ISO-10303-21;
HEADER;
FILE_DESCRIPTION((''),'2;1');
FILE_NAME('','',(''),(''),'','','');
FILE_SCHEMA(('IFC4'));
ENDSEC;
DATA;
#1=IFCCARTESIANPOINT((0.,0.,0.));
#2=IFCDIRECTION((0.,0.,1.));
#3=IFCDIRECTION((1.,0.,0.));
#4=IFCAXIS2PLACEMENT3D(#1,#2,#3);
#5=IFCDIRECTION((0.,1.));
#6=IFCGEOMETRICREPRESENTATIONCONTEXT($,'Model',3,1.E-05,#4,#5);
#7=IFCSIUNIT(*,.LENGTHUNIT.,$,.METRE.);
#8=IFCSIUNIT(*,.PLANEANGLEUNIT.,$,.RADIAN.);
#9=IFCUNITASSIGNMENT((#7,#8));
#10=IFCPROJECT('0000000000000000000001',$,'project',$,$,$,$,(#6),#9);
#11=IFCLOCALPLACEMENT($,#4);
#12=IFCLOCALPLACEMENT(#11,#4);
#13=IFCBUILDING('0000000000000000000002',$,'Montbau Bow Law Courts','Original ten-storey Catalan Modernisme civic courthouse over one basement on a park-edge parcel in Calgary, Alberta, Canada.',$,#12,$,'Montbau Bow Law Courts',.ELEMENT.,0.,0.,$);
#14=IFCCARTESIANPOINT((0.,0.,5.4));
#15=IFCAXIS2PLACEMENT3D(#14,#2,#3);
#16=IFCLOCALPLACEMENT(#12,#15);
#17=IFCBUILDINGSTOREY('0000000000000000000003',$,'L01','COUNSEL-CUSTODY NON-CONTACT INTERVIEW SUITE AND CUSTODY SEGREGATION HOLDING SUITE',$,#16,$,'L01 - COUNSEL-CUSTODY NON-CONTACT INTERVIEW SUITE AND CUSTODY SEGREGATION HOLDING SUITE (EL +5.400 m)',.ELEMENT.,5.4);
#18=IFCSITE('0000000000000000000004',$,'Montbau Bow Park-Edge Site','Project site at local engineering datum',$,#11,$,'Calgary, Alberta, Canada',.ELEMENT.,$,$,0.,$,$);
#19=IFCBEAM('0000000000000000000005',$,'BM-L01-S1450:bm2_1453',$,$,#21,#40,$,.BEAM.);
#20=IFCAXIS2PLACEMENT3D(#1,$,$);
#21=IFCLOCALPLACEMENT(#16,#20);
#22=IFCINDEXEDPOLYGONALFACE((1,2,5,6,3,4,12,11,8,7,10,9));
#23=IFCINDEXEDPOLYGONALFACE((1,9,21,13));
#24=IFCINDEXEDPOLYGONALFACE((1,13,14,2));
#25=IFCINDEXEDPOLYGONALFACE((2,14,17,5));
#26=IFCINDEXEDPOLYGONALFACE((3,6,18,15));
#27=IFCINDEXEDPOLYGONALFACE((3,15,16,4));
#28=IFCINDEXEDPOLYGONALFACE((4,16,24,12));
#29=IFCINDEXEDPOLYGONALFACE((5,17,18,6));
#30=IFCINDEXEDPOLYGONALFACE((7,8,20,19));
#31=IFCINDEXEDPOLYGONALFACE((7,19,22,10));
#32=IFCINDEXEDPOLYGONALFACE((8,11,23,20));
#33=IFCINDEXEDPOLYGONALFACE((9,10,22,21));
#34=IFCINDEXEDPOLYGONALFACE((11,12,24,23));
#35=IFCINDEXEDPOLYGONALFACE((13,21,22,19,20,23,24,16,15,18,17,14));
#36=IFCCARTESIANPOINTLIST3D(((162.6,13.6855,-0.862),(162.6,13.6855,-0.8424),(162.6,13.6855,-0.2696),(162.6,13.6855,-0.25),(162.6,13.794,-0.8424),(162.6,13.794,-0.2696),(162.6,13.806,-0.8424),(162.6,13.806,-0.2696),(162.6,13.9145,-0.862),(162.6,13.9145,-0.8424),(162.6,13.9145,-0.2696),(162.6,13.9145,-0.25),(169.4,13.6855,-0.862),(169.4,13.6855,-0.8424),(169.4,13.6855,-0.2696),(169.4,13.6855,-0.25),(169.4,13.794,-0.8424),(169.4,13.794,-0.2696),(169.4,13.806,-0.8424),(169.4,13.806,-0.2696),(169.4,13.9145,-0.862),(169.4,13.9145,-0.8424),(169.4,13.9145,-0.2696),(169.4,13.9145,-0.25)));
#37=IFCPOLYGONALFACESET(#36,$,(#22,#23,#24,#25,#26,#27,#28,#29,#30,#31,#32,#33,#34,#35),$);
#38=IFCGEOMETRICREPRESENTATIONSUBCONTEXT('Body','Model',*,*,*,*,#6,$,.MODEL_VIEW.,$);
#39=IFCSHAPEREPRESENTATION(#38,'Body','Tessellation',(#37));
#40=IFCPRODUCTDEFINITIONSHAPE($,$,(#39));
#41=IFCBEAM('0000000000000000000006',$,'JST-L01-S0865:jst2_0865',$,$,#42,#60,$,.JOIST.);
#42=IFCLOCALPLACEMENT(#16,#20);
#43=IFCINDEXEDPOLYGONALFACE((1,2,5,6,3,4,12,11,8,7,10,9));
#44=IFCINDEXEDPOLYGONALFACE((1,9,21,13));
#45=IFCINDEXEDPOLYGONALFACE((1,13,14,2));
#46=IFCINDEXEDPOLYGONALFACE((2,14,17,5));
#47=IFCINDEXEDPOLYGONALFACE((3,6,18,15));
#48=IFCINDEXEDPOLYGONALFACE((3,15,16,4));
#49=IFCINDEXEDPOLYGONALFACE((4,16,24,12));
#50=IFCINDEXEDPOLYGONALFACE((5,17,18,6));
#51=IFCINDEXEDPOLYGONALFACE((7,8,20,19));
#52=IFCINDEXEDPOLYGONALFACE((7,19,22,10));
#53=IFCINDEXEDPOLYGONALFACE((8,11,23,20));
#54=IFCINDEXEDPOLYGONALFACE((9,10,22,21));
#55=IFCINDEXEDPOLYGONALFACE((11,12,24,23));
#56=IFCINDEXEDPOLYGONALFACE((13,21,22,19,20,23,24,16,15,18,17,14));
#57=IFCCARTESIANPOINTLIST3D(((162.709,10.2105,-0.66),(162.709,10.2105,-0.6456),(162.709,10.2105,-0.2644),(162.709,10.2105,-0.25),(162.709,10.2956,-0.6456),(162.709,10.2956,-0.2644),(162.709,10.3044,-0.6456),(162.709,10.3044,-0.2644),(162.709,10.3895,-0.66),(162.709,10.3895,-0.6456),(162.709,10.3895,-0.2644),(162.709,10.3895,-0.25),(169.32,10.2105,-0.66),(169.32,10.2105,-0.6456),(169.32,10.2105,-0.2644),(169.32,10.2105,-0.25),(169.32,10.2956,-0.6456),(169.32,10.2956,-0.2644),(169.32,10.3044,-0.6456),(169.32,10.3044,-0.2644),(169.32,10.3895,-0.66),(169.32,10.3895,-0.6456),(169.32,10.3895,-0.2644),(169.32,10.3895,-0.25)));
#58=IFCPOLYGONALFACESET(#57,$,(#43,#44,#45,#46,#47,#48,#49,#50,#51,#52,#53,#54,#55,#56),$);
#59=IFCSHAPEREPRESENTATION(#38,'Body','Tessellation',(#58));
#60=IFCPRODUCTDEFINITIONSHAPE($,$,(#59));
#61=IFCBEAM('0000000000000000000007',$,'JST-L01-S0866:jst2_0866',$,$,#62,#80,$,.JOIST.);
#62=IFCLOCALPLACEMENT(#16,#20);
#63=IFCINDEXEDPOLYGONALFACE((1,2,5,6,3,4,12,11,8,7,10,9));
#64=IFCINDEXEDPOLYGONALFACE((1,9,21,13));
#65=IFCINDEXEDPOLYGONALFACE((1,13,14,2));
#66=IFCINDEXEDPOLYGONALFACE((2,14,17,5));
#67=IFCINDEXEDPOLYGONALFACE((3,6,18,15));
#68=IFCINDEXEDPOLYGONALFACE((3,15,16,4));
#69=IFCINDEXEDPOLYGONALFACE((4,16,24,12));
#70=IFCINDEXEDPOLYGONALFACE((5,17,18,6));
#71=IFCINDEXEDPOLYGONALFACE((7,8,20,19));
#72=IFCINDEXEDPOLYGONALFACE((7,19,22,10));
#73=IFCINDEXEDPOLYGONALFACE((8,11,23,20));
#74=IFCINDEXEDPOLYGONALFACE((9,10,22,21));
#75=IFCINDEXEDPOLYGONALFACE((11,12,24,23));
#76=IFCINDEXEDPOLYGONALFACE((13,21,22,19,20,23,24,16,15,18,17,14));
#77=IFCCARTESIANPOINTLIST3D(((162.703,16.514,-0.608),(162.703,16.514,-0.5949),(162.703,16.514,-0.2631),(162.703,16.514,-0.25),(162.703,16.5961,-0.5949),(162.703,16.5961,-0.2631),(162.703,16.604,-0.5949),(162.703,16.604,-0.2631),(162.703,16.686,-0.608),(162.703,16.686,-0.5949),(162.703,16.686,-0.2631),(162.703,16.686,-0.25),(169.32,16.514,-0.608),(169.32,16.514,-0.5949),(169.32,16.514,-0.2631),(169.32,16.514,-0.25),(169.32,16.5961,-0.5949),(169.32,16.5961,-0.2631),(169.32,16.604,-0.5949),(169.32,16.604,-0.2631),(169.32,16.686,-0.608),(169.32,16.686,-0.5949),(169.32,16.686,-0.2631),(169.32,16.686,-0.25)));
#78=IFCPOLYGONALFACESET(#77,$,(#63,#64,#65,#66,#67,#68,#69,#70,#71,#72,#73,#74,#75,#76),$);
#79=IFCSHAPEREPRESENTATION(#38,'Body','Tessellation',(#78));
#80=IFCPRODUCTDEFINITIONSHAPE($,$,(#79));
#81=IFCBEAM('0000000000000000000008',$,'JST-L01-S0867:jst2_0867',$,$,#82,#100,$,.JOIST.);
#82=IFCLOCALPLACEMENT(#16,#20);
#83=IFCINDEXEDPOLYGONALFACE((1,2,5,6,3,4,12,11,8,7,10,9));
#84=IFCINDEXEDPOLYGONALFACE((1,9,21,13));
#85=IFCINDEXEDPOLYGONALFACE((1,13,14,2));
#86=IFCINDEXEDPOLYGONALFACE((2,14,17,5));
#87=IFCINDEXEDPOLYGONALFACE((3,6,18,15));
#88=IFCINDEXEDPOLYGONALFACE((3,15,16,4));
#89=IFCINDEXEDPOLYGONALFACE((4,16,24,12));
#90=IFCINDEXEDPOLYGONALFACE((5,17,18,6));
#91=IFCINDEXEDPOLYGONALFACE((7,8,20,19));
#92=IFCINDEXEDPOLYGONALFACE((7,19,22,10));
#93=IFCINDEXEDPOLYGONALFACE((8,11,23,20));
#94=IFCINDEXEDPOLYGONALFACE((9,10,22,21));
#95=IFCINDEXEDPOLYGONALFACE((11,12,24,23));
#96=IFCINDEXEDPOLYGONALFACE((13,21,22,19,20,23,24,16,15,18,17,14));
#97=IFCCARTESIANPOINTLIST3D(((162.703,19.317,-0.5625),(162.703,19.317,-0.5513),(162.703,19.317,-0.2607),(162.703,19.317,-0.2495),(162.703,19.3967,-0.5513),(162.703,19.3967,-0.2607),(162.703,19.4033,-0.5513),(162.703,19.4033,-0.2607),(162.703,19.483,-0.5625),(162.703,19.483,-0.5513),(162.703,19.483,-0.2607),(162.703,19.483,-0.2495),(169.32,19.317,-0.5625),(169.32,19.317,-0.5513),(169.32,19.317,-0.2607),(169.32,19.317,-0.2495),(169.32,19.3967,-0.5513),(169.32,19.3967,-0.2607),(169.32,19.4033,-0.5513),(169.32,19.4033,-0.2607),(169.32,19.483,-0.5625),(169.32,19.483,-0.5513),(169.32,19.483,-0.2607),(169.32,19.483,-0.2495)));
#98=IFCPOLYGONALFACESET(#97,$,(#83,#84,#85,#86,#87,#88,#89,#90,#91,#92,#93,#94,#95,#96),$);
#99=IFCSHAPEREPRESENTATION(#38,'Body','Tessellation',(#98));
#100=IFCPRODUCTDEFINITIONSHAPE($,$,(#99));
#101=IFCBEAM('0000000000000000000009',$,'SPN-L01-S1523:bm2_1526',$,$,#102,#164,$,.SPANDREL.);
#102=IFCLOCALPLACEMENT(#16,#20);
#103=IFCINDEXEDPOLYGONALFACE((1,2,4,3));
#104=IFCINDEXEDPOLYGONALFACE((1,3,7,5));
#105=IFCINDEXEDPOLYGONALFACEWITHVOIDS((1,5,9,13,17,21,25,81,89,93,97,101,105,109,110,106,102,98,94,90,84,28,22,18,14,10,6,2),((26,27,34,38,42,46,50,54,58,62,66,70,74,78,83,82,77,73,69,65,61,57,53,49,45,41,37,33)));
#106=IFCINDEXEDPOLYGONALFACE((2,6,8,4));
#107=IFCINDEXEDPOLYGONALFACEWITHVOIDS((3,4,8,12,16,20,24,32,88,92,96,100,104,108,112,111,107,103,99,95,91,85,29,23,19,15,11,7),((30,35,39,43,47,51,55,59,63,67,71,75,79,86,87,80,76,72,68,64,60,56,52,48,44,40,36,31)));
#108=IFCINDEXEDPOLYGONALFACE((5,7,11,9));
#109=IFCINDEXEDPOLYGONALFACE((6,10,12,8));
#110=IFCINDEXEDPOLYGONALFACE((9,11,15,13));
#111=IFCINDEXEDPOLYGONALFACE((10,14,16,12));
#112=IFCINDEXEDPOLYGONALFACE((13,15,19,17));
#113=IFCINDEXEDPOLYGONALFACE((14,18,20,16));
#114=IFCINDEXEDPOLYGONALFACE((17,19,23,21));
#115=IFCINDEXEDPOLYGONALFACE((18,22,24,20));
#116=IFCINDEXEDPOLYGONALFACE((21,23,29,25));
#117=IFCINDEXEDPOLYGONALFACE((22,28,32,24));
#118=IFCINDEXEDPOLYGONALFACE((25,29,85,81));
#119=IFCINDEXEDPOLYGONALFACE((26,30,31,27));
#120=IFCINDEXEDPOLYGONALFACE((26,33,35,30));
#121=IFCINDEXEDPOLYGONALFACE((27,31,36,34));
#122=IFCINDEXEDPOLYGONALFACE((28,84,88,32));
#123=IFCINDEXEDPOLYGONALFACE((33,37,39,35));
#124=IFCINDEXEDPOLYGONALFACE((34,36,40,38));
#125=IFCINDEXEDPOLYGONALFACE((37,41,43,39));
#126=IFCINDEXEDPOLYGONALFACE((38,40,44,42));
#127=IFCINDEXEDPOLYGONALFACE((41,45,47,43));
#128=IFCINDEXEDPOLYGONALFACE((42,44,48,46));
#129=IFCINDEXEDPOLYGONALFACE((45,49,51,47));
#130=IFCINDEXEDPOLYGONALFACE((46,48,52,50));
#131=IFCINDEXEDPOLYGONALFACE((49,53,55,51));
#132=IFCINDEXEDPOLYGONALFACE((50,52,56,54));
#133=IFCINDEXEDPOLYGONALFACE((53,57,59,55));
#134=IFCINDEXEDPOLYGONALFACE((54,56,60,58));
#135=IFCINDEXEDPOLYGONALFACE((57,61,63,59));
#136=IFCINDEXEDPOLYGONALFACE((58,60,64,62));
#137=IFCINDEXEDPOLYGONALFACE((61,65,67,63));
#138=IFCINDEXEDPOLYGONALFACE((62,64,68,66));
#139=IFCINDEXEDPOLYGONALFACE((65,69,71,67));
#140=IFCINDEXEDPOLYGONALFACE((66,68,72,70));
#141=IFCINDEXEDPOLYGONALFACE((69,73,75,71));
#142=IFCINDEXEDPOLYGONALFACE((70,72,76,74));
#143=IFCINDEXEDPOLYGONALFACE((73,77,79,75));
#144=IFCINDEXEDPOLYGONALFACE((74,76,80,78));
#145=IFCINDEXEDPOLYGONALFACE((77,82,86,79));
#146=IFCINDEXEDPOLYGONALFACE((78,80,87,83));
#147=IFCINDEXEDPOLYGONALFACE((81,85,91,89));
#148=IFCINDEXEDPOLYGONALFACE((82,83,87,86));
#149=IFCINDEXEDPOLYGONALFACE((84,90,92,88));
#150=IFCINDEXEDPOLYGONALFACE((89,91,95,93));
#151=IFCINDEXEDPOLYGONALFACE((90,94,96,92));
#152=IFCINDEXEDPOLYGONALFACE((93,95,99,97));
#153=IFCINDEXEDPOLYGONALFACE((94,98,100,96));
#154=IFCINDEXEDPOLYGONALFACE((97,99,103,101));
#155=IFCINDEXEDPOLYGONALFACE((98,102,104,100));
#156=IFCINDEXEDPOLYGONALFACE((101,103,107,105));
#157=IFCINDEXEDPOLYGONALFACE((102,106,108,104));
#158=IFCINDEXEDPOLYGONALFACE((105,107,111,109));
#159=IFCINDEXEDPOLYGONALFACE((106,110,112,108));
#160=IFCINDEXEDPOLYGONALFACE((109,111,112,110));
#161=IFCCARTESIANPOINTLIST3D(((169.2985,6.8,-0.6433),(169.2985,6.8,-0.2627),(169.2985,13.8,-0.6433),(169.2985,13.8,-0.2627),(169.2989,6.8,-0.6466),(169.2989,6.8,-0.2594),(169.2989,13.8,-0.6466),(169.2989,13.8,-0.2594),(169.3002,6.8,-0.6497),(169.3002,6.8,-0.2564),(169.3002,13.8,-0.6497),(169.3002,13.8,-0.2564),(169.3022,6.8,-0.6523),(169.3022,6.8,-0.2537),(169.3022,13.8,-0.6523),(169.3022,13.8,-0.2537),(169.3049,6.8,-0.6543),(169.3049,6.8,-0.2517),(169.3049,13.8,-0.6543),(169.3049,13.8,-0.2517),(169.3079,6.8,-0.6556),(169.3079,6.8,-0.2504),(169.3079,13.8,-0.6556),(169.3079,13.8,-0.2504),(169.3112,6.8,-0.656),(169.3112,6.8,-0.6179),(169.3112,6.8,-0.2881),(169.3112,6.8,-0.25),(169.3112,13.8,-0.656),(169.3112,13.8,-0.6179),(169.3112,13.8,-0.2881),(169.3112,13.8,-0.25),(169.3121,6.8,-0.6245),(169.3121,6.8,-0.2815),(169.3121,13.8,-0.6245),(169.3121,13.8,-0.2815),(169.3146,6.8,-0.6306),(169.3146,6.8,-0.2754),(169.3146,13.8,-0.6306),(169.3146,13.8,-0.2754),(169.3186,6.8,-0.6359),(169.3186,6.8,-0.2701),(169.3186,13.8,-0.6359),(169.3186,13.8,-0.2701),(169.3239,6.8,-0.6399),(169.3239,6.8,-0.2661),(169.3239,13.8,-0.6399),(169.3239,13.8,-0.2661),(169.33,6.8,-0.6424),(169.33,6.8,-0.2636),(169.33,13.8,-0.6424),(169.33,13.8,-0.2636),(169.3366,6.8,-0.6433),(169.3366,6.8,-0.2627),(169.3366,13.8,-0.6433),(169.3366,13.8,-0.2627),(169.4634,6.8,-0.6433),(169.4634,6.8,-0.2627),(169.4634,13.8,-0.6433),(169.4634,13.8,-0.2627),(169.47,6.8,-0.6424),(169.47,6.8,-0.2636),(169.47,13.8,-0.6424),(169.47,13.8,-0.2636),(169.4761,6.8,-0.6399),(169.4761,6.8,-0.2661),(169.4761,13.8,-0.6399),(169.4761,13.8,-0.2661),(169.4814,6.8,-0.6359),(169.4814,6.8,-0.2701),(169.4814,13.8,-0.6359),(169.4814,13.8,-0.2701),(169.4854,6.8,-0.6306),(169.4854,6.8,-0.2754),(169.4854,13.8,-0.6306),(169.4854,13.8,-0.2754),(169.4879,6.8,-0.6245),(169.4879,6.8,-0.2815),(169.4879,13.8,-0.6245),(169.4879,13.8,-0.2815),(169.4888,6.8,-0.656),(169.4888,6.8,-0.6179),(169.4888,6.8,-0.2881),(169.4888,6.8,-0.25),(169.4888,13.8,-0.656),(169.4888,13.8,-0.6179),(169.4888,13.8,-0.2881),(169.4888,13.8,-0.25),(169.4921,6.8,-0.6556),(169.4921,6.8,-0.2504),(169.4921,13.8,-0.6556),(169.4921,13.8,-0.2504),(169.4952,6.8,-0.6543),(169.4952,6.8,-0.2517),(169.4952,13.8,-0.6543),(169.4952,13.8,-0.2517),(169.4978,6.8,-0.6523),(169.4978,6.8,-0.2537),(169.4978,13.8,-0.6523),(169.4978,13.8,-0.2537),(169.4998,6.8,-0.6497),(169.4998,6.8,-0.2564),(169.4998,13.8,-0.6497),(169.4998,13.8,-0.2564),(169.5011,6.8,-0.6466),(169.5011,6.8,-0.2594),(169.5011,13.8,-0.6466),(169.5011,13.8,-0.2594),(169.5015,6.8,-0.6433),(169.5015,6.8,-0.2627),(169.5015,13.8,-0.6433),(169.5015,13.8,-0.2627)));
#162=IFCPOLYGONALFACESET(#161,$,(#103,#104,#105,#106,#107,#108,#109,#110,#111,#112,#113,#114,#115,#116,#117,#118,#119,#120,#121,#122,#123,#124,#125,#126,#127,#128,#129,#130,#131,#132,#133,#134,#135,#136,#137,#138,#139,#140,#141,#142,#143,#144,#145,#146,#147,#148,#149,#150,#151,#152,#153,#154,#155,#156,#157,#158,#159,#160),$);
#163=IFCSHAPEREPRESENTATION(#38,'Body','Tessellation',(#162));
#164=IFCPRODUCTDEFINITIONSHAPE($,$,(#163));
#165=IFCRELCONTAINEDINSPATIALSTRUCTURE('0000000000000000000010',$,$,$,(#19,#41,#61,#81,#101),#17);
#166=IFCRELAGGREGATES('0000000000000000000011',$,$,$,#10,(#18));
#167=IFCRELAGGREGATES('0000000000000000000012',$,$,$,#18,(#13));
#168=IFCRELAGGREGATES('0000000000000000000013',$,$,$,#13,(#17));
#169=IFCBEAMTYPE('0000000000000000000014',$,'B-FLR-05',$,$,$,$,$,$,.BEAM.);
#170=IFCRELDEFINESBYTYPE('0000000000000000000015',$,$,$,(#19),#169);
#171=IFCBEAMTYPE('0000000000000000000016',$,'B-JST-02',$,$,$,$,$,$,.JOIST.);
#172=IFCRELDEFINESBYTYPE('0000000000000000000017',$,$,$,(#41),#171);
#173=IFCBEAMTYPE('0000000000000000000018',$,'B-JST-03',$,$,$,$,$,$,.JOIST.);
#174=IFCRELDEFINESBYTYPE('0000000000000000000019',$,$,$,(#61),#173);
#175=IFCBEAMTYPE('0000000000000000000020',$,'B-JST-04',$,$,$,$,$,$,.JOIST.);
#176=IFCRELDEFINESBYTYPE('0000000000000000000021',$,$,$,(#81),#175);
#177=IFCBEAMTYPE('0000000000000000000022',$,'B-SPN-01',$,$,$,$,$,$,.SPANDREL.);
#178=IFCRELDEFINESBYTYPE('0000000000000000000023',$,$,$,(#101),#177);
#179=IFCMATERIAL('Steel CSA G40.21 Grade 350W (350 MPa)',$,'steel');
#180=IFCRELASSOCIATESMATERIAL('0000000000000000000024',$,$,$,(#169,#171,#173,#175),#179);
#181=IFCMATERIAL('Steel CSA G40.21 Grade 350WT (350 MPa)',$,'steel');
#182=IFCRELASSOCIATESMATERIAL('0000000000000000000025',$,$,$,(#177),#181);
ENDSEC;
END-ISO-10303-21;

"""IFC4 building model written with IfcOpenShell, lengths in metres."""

from ifc_helpers import new_model, si_unit, direction, frame, origin_with_axes, origin_2d_with_axis, place, context, subcontext, project, spatial, hollow_rectangle, i_section, extrude, material, material_profile, profile_set, type_object, element, save


model = new_model("IFC4")

# Units and contexts
model_context = context("Model", 3, precision=1e-05, world=origin_with_axes(), true_north=direction((0.0, 1.0)))
body_context = subcontext(model_context, "Body", "Model", "MODEL_VIEW")
ifc_project = project(units=[si_unit("LENGTHUNIT", "METRE"), si_unit("PLANEANGLEUNIT", "RADIAN")], contexts=[model_context])

# Site, building, storey
site_placement = place(None, origin_with_axes())
site = spatial("IfcSite", under=ifc_project, at=site_placement, Name="Montbau Bow Park-Edge Site", Description="Project site at local engineering datum", LongName="Calgary, Alberta, Canada", CompositionType="ELEMENT", RefElevation=0.0)
building_placement = place(site_placement, origin_with_axes())
building = spatial("IfcBuilding", under=site, at=building_placement, Name="Montbau Bow Law Courts", Description="Original ten-storey Catalan Modernisme civic courthouse over one basement on a park-edge parcel in Calgary, Alberta, Canada.", LongName="Montbau Bow Law Courts", CompositionType="ELEMENT", ElevationOfRefHeight=0.0, ElevationOfTerrain=0.0)
storey_placement = place(building_placement, frame((0.0, 0.0, 5.4), z_axis=(0.0, 0.0, 1.0), x_axis=(1.0, 0.0, 0.0)))
storey = spatial("IfcBuildingStorey", under=building, at=storey_placement, Name="L01", Description="COUNSEL-CUSTODY NON-CONTACT INTERVIEW SUITE AND CUSTODY SEGREGATION HOLDING SUITE", LongName="L01 - COUNSEL-CUSTODY NON-CONTACT INTERVIEW SUITE AND CUSTODY SEGREGATION HOLDING SUITE (EL +5.400 m)", CompositionType="ELEMENT", Elevation=5.4)

# Beams
ifc_material_1 = material(Name="Steel CSA G40.21 Grade 350W (350 MPa)", Category="steel")
ifc_material_profile_1 = material_profile(ifc_material_1, i_section(OverallWidth=0.229, OverallDepth=0.612, WebThickness=0.0119, FlangeThickness=0.0196, at=origin_2d_with_axis()), Name="W610X125", Category="Main", Priority=0)
ifc_profile_set_1 = profile_set([ifc_material_profile_1], Name="Steel CSA G40.21 Grade 350W (350 MPa)")
beam_type_1 = type_object("IfcBeamType", Name="B-FLR-05", PredefinedType="BEAM", material=ifc_profile_set_1)
beam_1_placement = place(None, frame((162.6, 13.8, 4.844), z_axis=(1.0, 0.0, 0.0), x_axis=(0.0, 1.0, 0.0)))
element("IfcBeam", 1, at=beam_1_placement, inside=storey, type_object=beam_type_1, Name="BM-L01-S1450:bm2_1453", PredefinedType="BEAM", context=body_context, shape_type="SweptSolid", body=[
    extrude(i_section(OverallWidth=0.229, OverallDepth=0.612, WebThickness=0.0119, FlangeThickness=0.0196, at=origin_2d_with_axis()), origin_with_axes(), (0.0, 0.0, 1.0), 6.8),
])
ifc_material_profile_2 = material_profile(ifc_material_1, i_section(OverallWidth=0.179, OverallDepth=0.41, WebThickness=0.0088, FlangeThickness=0.0144, at=origin_2d_with_axis()), Name="W410X67", Category="Main", Priority=0)
ifc_profile_set_2 = profile_set([ifc_material_profile_2], Name="Steel CSA G40.21 Grade 350W (350 MPa)")
beam_type_2 = type_object("IfcBeamType", Name="B-JST-02", PredefinedType="JOIST", material=ifc_profile_set_2)
beam_2_placement = place(None, frame((162.709, 10.3, 4.945), z_axis=(1.0, 0.0, 0.0), x_axis=(0.0, 1.0, 0.0)))
element("IfcBeam", 2, at=beam_2_placement, inside=storey, type_object=beam_type_2, Name="JST-L01-S0865:jst2_0865", PredefinedType="JOIST", context=body_context, shape_type="SweptSolid", body=[
    extrude(i_section(OverallWidth=0.179, OverallDepth=0.41, WebThickness=0.0088, FlangeThickness=0.0144, at=origin_2d_with_axis()), origin_with_axes(), (0.0, 0.0, 1.0), 6.611),
])
ifc_material_profile_3 = material_profile(ifc_material_1, i_section(OverallWidth=0.172, OverallDepth=0.358, WebThickness=0.0079, FlangeThickness=0.0131, at=origin_2d_with_axis()), Name="W360X57", Category="Main", Priority=0)
ifc_profile_set_3 = profile_set([ifc_material_profile_3], Name="Steel CSA G40.21 Grade 350W (350 MPa)")
beam_type_3 = type_object("IfcBeamType", Name="B-JST-03", PredefinedType="JOIST", material=ifc_profile_set_3)
beam_3_placement = place(None, frame((162.703, 16.6, 4.971), z_axis=(1.0, 0.0, 0.0), x_axis=(0.0, 1.0, 0.0)))
element("IfcBeam", 3, at=beam_3_placement, inside=storey, type_object=beam_type_3, Name="JST-L01-S0866:jst2_0866", PredefinedType="JOIST", context=body_context, shape_type="SweptSolid", body=[
    extrude(i_section(OverallWidth=0.172, OverallDepth=0.358, WebThickness=0.0079, FlangeThickness=0.0131, at=origin_2d_with_axis()), origin_with_axes(), (0.0, 0.0, 1.0), 6.617),
])
ifc_material_profile_4 = material_profile(ifc_material_1, i_section(OverallWidth=0.166, OverallDepth=0.313, WebThickness=0.0066, FlangeThickness=0.0112, at=origin_2d_with_axis()), Name="W310X45", Category="Main", Priority=0)
ifc_profile_set_4 = profile_set([ifc_material_profile_4], Name="Steel CSA G40.21 Grade 350W (350 MPa)")
beam_type_4 = type_object("IfcBeamType", Name="B-JST-04", PredefinedType="JOIST", material=ifc_profile_set_4)
beam_4_placement = place(None, frame((162.703, 19.4, 4.994), z_axis=(1.0, 0.0, 0.0), x_axis=(0.0, 1.0, 0.0)))
element("IfcBeam", 4, at=beam_4_placement, inside=storey, type_object=beam_type_4, Name="JST-L01-S0867:jst2_0867", PredefinedType="JOIST", context=body_context, shape_type="SweptSolid", body=[
    extrude(i_section(OverallWidth=0.166, OverallDepth=0.313, WebThickness=0.0066, FlangeThickness=0.0112, at=origin_2d_with_axis()), origin_with_axes(), (0.0, 0.0, 1.0), 6.617),
])
ifc_material_2 = material(Name="Steel CSA G40.21 Grade 350WT (350 MPa)", Category="steel")
ifc_material_profile_5 = material_profile(ifc_material_2, hollow_rectangle(XDim=0.203, YDim=0.406, WallThickness=0.0127, InnerFilletRadius=0.0254, OuterFilletRadius=0.0127, at=origin_2d_with_axis()), Name="HSS406X203X13", Category="Main", Priority=0)
ifc_profile_set_5 = profile_set([ifc_material_profile_5], Name="Steel CSA G40.21 Grade 350WT (350 MPa)")
beam_type_5 = type_object("IfcBeamType", Name="B-SPN-01", PredefinedType="SPANDREL", material=ifc_profile_set_5)
beam_5_placement = place(None, frame((169.4, 6.8, 4.947), z_axis=(0.0, 1.0, 0.0), x_axis=(-1.0, 0.0, 0.0)))
element("IfcBeam", 5, at=beam_5_placement, inside=storey, type_object=beam_type_5, Name="SPN-L01-S1523:bm2_1526", PredefinedType="SPANDREL", context=body_context, shape_type="SweptSolid", body=[
    extrude(hollow_rectangle(XDim=0.203, YDim=0.406, WallThickness=0.0127, InnerFilletRadius=0.0254, OuterFilletRadius=0.0127, at=origin_2d_with_axis()), origin_with_axes(), (0.0, 0.0, 1.0), 7.0),
])

save(model, "model.ifc")
